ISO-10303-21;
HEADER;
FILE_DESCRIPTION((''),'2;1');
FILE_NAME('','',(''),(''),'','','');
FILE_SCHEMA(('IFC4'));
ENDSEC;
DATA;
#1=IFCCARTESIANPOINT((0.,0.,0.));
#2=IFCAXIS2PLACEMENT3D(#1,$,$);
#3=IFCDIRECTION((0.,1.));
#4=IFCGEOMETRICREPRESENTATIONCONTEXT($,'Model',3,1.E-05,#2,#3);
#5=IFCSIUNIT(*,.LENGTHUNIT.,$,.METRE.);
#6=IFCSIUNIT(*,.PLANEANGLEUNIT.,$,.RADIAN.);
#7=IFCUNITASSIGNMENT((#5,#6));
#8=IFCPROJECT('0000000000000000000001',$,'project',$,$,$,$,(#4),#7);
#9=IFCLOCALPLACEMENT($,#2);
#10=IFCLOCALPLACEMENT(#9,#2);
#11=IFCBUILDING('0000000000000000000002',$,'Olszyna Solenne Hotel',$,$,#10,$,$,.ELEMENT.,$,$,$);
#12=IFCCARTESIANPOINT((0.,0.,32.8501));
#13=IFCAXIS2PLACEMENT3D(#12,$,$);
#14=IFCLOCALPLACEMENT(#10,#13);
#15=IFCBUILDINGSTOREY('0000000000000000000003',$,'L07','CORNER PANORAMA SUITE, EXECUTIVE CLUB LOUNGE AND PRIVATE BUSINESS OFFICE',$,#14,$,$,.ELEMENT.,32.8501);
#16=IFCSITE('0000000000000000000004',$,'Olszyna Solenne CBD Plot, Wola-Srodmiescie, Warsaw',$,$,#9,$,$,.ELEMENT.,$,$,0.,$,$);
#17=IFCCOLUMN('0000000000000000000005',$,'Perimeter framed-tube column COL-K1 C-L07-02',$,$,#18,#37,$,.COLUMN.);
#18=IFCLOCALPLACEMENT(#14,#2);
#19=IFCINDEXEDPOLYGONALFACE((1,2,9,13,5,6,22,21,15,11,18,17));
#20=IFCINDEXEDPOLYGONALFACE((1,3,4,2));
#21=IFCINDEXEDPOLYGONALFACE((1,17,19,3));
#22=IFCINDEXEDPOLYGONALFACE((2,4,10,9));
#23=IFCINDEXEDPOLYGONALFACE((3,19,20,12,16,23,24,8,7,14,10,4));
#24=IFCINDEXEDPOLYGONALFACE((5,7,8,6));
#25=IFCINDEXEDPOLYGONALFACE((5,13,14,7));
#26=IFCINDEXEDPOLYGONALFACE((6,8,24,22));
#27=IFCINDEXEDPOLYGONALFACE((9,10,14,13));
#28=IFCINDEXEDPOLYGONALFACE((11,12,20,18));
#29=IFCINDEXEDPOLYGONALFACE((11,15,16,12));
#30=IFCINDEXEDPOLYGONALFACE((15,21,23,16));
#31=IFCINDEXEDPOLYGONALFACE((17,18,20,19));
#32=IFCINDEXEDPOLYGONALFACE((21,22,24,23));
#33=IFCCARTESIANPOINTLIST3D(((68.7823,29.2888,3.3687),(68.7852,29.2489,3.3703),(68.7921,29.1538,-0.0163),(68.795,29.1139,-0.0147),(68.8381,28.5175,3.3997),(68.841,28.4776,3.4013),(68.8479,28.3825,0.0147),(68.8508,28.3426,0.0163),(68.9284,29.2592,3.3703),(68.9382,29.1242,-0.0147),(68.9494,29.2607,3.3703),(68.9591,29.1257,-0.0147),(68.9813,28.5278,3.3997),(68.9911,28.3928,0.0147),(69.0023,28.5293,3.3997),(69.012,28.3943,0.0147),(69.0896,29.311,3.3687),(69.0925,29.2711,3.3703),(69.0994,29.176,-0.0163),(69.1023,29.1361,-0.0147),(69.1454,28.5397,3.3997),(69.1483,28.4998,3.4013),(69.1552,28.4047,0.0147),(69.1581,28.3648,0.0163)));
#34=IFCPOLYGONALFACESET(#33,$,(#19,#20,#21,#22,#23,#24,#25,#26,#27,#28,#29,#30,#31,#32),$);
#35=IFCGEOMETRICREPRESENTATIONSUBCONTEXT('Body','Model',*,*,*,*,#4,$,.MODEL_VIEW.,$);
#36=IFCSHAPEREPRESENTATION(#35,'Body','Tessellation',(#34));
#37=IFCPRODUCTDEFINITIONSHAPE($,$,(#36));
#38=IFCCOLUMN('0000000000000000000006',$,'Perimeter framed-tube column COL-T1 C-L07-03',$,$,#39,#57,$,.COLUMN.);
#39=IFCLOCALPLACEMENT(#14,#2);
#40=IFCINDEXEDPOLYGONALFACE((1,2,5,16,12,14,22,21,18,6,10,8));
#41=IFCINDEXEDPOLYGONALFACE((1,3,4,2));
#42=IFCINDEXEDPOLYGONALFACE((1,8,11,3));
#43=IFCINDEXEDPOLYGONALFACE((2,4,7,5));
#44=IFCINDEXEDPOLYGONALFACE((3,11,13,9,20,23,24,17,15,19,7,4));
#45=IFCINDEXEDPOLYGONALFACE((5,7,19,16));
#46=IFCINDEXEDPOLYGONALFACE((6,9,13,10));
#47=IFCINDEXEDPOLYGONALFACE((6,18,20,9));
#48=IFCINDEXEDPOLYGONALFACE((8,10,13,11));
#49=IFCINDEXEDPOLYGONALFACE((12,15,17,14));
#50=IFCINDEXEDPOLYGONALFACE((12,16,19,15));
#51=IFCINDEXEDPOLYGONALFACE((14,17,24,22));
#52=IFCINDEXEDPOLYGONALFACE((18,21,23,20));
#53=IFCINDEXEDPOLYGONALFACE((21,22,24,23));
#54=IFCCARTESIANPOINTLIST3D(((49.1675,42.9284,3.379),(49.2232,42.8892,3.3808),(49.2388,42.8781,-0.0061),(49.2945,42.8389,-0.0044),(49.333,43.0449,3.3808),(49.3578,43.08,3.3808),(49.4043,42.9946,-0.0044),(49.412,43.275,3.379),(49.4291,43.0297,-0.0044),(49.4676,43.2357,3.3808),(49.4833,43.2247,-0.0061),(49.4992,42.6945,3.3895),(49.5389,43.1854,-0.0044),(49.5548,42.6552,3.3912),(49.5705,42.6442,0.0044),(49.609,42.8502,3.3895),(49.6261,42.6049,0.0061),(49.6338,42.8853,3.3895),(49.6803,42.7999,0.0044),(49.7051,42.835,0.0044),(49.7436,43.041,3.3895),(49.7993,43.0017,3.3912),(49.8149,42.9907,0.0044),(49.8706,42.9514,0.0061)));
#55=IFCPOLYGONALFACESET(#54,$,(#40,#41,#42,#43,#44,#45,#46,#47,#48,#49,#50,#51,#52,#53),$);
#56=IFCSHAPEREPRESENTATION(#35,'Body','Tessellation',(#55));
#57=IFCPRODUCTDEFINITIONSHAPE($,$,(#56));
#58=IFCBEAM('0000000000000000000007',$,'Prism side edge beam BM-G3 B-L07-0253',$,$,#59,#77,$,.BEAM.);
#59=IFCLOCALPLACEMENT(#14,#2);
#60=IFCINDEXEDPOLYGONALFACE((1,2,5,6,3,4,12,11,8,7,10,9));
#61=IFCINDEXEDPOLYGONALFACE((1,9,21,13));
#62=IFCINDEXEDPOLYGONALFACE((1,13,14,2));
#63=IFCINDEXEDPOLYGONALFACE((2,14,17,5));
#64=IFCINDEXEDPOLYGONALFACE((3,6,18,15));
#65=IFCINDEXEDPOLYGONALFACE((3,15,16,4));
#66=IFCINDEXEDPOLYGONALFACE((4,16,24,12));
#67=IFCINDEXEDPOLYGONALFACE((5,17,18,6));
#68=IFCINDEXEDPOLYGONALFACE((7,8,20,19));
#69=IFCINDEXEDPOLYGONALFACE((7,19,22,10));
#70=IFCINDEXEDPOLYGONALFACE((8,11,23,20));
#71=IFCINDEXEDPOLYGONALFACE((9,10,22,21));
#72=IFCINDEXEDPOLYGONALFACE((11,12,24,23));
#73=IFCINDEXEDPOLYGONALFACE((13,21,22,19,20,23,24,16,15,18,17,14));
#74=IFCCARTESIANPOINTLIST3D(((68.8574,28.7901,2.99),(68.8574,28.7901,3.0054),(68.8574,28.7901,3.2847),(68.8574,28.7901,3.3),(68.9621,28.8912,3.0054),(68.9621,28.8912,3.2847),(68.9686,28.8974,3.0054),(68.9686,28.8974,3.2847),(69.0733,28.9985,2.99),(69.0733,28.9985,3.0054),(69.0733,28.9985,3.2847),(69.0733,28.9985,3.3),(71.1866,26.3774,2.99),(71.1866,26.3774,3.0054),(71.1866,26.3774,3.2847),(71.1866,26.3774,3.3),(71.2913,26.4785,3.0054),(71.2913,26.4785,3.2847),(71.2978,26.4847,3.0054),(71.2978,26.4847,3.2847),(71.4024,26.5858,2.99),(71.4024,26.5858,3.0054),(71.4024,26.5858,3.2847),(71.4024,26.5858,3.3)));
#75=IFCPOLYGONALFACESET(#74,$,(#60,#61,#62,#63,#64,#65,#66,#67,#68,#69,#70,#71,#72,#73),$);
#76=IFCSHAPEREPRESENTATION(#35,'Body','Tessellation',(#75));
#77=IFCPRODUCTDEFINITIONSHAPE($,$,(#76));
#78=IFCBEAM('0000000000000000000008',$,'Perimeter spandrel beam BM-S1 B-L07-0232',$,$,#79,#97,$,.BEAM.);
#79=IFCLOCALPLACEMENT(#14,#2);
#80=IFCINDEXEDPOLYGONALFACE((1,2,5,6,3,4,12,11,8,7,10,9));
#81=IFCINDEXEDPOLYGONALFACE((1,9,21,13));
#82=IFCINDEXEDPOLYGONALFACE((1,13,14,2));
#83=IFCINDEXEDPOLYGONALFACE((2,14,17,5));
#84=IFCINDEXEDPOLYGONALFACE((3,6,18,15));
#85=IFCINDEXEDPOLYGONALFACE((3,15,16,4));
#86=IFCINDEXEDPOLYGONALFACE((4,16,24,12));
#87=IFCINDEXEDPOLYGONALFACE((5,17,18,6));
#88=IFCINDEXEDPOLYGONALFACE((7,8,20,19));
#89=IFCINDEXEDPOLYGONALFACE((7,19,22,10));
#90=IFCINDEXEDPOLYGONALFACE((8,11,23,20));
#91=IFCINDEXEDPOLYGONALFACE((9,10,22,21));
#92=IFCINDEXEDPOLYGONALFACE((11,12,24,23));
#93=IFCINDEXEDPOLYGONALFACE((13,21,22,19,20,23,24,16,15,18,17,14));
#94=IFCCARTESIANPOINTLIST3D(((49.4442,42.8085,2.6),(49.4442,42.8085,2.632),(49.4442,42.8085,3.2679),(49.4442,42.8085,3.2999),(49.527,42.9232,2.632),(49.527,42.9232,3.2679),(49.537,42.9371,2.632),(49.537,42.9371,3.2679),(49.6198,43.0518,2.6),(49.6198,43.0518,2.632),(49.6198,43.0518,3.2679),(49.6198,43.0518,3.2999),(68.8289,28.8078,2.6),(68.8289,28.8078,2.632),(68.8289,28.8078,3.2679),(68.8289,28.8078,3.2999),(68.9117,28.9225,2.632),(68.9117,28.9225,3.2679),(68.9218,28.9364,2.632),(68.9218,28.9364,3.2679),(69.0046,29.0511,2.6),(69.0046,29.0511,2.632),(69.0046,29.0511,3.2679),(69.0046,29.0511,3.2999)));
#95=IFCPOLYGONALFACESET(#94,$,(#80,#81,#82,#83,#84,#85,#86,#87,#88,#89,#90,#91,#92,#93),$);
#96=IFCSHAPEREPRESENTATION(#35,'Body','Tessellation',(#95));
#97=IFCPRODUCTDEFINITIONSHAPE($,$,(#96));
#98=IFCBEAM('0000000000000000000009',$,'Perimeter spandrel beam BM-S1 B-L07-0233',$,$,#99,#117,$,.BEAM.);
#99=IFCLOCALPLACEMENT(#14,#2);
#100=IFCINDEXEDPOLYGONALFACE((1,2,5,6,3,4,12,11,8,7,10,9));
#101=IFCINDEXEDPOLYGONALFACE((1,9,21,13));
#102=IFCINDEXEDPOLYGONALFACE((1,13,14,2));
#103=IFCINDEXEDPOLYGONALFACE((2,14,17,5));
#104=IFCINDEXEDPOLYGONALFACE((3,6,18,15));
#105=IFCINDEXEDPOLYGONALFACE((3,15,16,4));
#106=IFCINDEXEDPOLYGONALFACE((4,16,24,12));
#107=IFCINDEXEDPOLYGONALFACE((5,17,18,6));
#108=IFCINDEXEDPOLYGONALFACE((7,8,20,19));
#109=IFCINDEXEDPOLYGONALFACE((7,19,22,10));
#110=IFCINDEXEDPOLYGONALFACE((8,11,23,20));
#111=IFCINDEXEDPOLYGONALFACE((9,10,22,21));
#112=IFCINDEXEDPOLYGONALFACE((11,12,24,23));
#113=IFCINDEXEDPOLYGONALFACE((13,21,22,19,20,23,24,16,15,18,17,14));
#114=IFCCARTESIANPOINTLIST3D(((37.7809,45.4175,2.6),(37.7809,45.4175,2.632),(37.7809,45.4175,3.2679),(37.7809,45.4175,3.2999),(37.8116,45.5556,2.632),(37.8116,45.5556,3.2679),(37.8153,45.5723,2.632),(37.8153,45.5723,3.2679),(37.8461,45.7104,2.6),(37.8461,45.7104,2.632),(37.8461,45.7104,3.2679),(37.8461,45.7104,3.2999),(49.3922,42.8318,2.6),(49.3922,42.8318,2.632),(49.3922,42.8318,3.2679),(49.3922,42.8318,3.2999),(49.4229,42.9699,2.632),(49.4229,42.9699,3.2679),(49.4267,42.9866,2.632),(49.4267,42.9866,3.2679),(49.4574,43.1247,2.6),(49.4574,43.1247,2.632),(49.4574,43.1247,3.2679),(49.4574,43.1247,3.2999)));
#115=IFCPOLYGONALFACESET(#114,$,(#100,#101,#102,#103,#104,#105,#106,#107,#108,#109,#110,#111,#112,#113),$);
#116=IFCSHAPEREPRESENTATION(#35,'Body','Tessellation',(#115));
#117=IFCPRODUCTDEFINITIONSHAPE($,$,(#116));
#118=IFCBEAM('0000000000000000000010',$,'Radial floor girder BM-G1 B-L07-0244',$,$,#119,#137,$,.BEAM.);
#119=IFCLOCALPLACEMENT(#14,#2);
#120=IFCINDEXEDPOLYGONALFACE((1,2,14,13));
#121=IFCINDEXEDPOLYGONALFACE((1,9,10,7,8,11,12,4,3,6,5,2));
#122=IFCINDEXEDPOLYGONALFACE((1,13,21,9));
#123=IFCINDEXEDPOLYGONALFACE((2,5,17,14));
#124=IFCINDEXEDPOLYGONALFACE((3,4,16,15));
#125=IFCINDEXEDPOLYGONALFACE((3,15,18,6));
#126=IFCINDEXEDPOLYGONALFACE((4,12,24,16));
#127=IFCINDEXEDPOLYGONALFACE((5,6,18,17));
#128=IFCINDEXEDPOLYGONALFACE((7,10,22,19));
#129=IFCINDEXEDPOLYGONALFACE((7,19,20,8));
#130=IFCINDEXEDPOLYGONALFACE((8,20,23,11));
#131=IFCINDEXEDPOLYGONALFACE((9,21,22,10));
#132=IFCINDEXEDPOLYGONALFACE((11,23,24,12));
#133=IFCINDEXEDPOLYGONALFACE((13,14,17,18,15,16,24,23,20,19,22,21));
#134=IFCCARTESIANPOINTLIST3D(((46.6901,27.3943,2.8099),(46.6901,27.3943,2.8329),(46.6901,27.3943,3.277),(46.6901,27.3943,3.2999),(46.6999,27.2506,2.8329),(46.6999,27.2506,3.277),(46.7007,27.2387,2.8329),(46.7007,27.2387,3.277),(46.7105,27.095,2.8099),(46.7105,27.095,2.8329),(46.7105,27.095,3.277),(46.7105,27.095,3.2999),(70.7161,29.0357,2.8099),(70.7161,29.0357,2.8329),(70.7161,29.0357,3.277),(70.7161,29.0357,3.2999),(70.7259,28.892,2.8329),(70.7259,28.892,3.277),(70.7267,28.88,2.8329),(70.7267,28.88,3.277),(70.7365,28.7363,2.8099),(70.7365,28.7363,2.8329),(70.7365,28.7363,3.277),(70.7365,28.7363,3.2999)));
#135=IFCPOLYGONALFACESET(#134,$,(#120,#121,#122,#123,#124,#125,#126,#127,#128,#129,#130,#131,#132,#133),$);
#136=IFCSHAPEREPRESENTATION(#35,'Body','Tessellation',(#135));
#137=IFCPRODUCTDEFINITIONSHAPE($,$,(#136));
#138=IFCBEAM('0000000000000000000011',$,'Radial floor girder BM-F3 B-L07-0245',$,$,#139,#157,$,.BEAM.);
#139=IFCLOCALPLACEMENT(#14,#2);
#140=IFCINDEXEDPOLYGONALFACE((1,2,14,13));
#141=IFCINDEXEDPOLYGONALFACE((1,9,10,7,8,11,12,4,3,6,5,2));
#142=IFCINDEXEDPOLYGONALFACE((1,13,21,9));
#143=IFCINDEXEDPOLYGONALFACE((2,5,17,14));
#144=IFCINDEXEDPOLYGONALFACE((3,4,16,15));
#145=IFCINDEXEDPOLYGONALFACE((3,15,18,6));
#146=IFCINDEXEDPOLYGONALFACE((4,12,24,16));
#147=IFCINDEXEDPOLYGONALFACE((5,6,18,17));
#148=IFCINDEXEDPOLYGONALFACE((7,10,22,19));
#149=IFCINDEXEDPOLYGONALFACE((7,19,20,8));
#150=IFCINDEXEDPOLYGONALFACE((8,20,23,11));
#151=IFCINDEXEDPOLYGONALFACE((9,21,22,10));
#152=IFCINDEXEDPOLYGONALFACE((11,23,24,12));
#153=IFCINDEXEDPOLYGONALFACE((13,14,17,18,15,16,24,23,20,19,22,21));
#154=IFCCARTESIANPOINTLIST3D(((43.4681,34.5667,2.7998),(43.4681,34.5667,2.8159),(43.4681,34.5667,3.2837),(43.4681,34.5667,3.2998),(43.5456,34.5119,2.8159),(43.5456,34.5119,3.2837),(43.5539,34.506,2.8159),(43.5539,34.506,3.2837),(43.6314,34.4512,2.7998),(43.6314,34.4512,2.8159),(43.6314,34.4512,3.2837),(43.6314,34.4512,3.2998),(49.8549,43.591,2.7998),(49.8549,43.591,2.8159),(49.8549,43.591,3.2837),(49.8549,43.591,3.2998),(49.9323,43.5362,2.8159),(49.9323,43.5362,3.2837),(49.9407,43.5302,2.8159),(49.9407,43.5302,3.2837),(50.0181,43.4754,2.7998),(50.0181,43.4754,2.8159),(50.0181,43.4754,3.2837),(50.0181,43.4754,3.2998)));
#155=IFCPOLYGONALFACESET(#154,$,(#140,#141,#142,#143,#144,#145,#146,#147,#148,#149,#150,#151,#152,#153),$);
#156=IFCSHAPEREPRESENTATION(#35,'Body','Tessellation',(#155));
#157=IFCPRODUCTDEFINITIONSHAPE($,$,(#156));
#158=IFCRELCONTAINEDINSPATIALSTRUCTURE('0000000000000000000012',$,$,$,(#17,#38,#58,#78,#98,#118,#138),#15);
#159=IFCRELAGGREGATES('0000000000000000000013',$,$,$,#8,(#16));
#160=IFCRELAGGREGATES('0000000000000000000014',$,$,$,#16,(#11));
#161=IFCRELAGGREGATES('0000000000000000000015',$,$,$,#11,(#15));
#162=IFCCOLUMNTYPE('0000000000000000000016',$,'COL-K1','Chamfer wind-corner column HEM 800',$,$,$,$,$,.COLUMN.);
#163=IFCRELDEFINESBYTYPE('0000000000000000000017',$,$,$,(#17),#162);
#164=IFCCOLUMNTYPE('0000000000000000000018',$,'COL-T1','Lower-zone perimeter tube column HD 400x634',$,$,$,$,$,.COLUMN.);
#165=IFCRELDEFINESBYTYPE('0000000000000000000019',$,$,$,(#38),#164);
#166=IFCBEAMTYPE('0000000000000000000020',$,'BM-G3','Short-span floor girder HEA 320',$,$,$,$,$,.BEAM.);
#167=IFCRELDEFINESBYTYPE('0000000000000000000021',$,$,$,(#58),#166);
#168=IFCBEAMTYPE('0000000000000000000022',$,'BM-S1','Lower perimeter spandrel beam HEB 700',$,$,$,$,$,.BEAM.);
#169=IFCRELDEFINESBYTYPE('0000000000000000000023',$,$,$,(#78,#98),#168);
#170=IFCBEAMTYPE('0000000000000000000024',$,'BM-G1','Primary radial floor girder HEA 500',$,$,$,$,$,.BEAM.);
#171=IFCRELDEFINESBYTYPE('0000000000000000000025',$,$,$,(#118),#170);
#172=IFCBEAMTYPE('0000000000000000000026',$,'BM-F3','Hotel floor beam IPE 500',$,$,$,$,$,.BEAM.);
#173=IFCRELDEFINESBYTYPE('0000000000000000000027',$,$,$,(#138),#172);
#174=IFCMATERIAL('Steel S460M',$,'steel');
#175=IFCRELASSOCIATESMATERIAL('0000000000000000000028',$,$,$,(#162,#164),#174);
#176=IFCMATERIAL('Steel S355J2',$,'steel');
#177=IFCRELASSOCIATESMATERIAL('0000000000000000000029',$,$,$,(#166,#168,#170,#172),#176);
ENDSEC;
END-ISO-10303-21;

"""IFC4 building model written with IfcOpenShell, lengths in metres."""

from ifc_helpers import new_model, si_unit, direction, frame, origin, origin_2d, place, context, subcontext, project, spatial, i_section, extrude, source, transform, mapped, material, material_profile, profile_set, type_object, element, save


model = new_model("IFC4")

# Units and contexts
model_context = context("Model", 3, precision=1e-05, world=origin(), true_north=direction((0.0, 1.0)))
body_context = subcontext(model_context, "Body", "Model", "MODEL_VIEW")
ifc_project = project(units=[si_unit("LENGTHUNIT", "METRE"), si_unit("PLANEANGLEUNIT", "RADIAN")], contexts=[model_context])

# Site, building, storey
site_placement = place(None, origin())
site = spatial("IfcSite", under=ifc_project, at=site_placement, Name="Olszyna Solenne CBD Plot, Wola-Srodmiescie, Warsaw", CompositionType="ELEMENT", RefElevation=0.0)
building_placement = place(site_placement, origin())
building = spatial("IfcBuilding", under=site, at=building_placement, Name="Olszyna Solenne Hotel", CompositionType="ELEMENT")
storey_placement = place(building_placement, frame((0.0, 0.0, 32.8501)))
storey = spatial("IfcBuildingStorey", under=building, at=storey_placement, Name="L07", Description="CORNER PANORAMA SUITE, EXECUTIVE CLUB LOUNGE AND PRIVATE BUSINESS OFFICE", CompositionType="ELEMENT", Elevation=32.8501)

# Columns
ifc_material_1 = material(Name="Steel S460M", Category="steel")
ifc_material_profile_1 = material_profile(ifc_material_1, i_section(OverallWidth=0.3081, OverallDepth=0.814, WebThickness=0.021, FlangeThickness=0.04, at=origin_2d()), Name="HEM 800", Category="load-bearing")
ifc_profile_set_1 = profile_set([ifc_material_profile_1], Name="Steel S460M")
column_type_1 = type_object("IfcColumnType", Name="COL-K1", Description="Chamfer wind-corner column HEM 800", PredefinedType="COLUMN", material=ifc_profile_set_1)
shared_shape_1 = source(origin(), body_context, "Body", "SweptSolid", [
    extrude(i_section(OverallWidth=0.3081, OverallDepth=0.814, WebThickness=0.021, FlangeThickness=0.04, at=origin_2d()), origin(), (0.0, 0.0, 1.0), 3.3877),
])
column_1_placement = place(storey_placement, frame((68.9751, 28.7593, 0.0), z_axis=(-0.002883, 0.039853, 0.999201), x_axis=(-0.997394, -0.072144, 0.0)))
element("IfcColumn", 1, at=column_1_placement, inside=storey, type_object=column_type_1, Name="Perimeter framed-tube column COL-K1 C-L07-02", PredefinedType="COLUMN", context=body_context, shape_type="MappedRepresentation", body=[
    mapped(shared_shape_1, transform((0.0, 0.0, 0.0), x_axis=(1.0, 0.0, 0.0), y_axis=(0.0, 1.0, 0.0), z_axis=(0.0, 0.0, 1.0), scale=1.0)),
])
ifc_material_profile_2 = material_profile(ifc_material_1, i_section(OverallWidth=0.4241, OverallDepth=0.4741, WebThickness=0.043, FlangeThickness=0.0681, at=origin_2d()), Name="HD 400x634", Category="load-bearing")
ifc_profile_set_2 = profile_set([ifc_material_profile_2], Name="Steel S460M")
column_type_2 = type_object("IfcColumnType", Name="COL-T1", Description="Lower-zone perimeter tube column HD 400x634", PredefinedType="COLUMN", material=ifc_profile_set_2)
shared_shape_2 = source(origin(), body_context, "Body", "SweptSolid", [
    extrude(i_section(OverallWidth=0.4241, OverallDepth=0.4741, WebThickness=0.043, FlangeThickness=0.0681, at=origin_2d()), origin(), (0.0, 0.0, 1.0), 3.3862),
])
column_2_placement = place(storey_placement, frame((49.5547, 42.9148, 0.0), z_axis=(-0.021053, 0.014853, 0.999668), x_axis=(-0.576463, -0.817123, 0.0)))
element("IfcColumn", 2, at=column_2_placement, inside=storey, type_object=column_type_2, Name="Perimeter framed-tube column COL-T1 C-L07-03", PredefinedType="COLUMN", context=body_context, shape_type="MappedRepresentation", body=[
    mapped(shared_shape_2, transform((0.0, 0.0, 0.0), x_axis=(1.0, 0.0, 0.0), y_axis=(0.0, 1.0, 0.0), z_axis=(0.0, 0.0, 1.0), scale=1.0)),
])

# Beams
ifc_material_2 = material(Name="Steel S355J2", Category="steel")
ifc_material_profile_3 = material_profile(ifc_material_2, i_section(OverallWidth=0.3, OverallDepth=0.3101, WebThickness=0.009, FlangeThickness=0.0154, at=origin_2d()), Name="HEA 320", Category="load-bearing")
ifc_profile_set_3 = profile_set([ifc_material_profile_3], Name="Steel S355J2")
beam_type_1 = type_object("IfcBeamType", Name="BM-G3", Description="Short-span floor girder HEA 320", PredefinedType="BEAM", material=ifc_profile_set_3)
shared_shape_3 = source(origin(), body_context, "Body", "SweptSolid", [
    extrude(i_section(OverallWidth=0.3, OverallDepth=0.3101, WebThickness=0.009, FlangeThickness=0.0154, at=origin_2d()), origin(), (0.0, 0.0, 1.0), 3.3535),
])
beam_1_placement = place(storey_placement, frame((68.9653, 28.8943, 3.145), z_axis=(0.694548, -0.719447, 0.0), x_axis=(0.719447, 0.694548, 0.0)))
element("IfcBeam", 3, at=beam_1_placement, inside=storey, type_object=beam_type_1, Name="Prism side edge beam BM-G3 B-L07-0253", PredefinedType="BEAM", context=body_context, shape_type="MappedRepresentation", body=[
    mapped(shared_shape_3, transform((0.0, 0.0, 0.0), x_axis=(1.0, 0.0, 0.0), y_axis=(0.0, 1.0, 0.0), z_axis=(0.0, 0.0, 1.0), scale=1.0)),
])
ifc_material_profile_4 = material_profile(ifc_material_2, i_section(OverallWidth=0.3, OverallDepth=0.7, WebThickness=0.0171, FlangeThickness=0.032, at=origin_2d()), Name="HEB 700", Category="load-bearing")
ifc_profile_set_4 = profile_set([ifc_material_profile_4], Name="Steel S355J2")
beam_type_2 = type_object("IfcBeamType", Name="BM-S1", Description="Lower perimeter spandrel beam HEB 700", PredefinedType="BEAM", material=ifc_profile_set_4)
shared_shape_4 = source(origin(), body_context, "Body", "SweptSolid", [
    extrude(i_section(OverallWidth=0.3, OverallDepth=0.7, WebThickness=0.0171, FlangeThickness=0.032, at=origin_2d()), origin(), (0.0, 0.0, 1.0), 23.9121),
])
beam_2_placement = place(storey_placement, frame((68.9167, 28.9294, 2.95), z_axis=(-0.810667, 0.585508, 0.0), x_axis=(-0.585508, -0.810667, 0.0)))
element("IfcBeam", 4, at=beam_2_placement, inside=storey, type_object=beam_type_2, Name="Perimeter spandrel beam BM-S1 B-L07-0232", PredefinedType="BEAM", context=body_context, shape_type="MappedRepresentation", body=[
    mapped(shared_shape_4, transform((0.0, 0.0, 0.0), x_axis=(1.0, 0.0, 0.0), y_axis=(0.0, 1.0, 0.0), z_axis=(0.0, 0.0, 1.0), scale=1.0)),
])
shared_shape_5 = source(origin(), body_context, "Body", "SweptSolid", [
    extrude(i_section(OverallWidth=0.3, OverallDepth=0.7, WebThickness=0.0171, FlangeThickness=0.032, at=origin_2d()), origin(), (0.0, 0.0, 1.0), 11.8958),
])
beam_3_placement = place(storey_placement, frame((49.4248, 42.9783, 2.95), z_axis=(-0.976091, 0.217363, 0.0), x_axis=(-0.217363, -0.976091, 0.0)))
element("IfcBeam", 5, at=beam_3_placement, inside=storey, type_object=beam_type_2, Name="Perimeter spandrel beam BM-S1 B-L07-0233", PredefinedType="BEAM", context=body_context, shape_type="MappedRepresentation", body=[
    mapped(shared_shape_5, transform((0.0, 0.0, 0.0), x_axis=(1.0, 0.0, 0.0), y_axis=(0.0, 1.0, 0.0), z_axis=(0.0, 0.0, 1.0), scale=1.0)),
])
ifc_material_profile_5 = material_profile(ifc_material_2, i_section(OverallWidth=0.3, OverallDepth=0.49, WebThickness=0.012, FlangeThickness=0.0229, at=origin_2d()), Name="HEA 500", Category="load-bearing")
ifc_profile_set_5 = profile_set([ifc_material_profile_5], Name="Steel S355J2")
beam_type_3 = type_object("IfcBeamType", Name="BM-G1", Description="Primary radial floor girder HEA 500", PredefinedType="BEAM", material=ifc_profile_set_5)
shared_shape_6 = source(origin(), body_context, "Body", "SweptSolid", [
    extrude(i_section(OverallWidth=0.3, OverallDepth=0.49, WebThickness=0.012, FlangeThickness=0.0229, at=origin_2d()), origin(), (0.0, 0.0, 1.0), 24.082),
])
beam_4_placement = place(storey_placement, frame((70.7263, 28.886, 3.0549), z_axis=(-0.997675, -0.068157, 0.0), x_axis=(0.068157, -0.997675, 0.0)))
element("IfcBeam", 6, at=beam_4_placement, inside=storey, type_object=beam_type_3, Name="Radial floor girder BM-G1 B-L07-0244", PredefinedType="BEAM", context=body_context, shape_type="MappedRepresentation", body=[
    mapped(shared_shape_6, transform((0.0, 0.0, 0.0), x_axis=(1.0, 0.0, 0.0), y_axis=(0.0, 1.0, 0.0), z_axis=(0.0, 0.0, 1.0), scale=1.0)),
])
ifc_material_profile_6 = material_profile(ifc_material_2, i_section(OverallWidth=0.2, OverallDepth=0.5, WebThickness=0.0103, FlangeThickness=0.0161, at=origin_2d()), Name="IPE 500", Category="load-bearing")
ifc_profile_set_6 = profile_set([ifc_material_profile_6], Name="Steel S355J2")
beam_type_4 = type_object("IfcBeamType", Name="BM-F3", Description="Hotel floor beam IPE 500", PredefinedType="BEAM", material=ifc_profile_set_6)
shared_shape_7 = source(origin(), body_context, "Body", "SweptSolid", [
    extrude(i_section(OverallWidth=0.2, OverallDepth=0.5, WebThickness=0.0103, FlangeThickness=0.0161, at=origin_2d()), origin(), (0.0, 0.0, 1.0), 11.0557),
])
beam_5_placement = place(storey_placement, frame((49.9365, 43.5332, 3.0498), z_axis=(-0.577692, -0.816255, 0.0), x_axis=(0.816255, -0.577692, 0.0)))
element("IfcBeam", 7, at=beam_5_placement, inside=storey, type_object=beam_type_4, Name="Radial floor girder BM-F3 B-L07-0245", PredefinedType="BEAM", context=body_context, shape_type="MappedRepresentation", body=[
    mapped(shared_shape_7, transform((0.0, 0.0, 0.0), x_axis=(1.0, 0.0, 0.0), y_axis=(0.0, 1.0, 0.0), z_axis=(0.0, 0.0, 1.0), scale=1.0)),
])

save(model, "model.ifc")
